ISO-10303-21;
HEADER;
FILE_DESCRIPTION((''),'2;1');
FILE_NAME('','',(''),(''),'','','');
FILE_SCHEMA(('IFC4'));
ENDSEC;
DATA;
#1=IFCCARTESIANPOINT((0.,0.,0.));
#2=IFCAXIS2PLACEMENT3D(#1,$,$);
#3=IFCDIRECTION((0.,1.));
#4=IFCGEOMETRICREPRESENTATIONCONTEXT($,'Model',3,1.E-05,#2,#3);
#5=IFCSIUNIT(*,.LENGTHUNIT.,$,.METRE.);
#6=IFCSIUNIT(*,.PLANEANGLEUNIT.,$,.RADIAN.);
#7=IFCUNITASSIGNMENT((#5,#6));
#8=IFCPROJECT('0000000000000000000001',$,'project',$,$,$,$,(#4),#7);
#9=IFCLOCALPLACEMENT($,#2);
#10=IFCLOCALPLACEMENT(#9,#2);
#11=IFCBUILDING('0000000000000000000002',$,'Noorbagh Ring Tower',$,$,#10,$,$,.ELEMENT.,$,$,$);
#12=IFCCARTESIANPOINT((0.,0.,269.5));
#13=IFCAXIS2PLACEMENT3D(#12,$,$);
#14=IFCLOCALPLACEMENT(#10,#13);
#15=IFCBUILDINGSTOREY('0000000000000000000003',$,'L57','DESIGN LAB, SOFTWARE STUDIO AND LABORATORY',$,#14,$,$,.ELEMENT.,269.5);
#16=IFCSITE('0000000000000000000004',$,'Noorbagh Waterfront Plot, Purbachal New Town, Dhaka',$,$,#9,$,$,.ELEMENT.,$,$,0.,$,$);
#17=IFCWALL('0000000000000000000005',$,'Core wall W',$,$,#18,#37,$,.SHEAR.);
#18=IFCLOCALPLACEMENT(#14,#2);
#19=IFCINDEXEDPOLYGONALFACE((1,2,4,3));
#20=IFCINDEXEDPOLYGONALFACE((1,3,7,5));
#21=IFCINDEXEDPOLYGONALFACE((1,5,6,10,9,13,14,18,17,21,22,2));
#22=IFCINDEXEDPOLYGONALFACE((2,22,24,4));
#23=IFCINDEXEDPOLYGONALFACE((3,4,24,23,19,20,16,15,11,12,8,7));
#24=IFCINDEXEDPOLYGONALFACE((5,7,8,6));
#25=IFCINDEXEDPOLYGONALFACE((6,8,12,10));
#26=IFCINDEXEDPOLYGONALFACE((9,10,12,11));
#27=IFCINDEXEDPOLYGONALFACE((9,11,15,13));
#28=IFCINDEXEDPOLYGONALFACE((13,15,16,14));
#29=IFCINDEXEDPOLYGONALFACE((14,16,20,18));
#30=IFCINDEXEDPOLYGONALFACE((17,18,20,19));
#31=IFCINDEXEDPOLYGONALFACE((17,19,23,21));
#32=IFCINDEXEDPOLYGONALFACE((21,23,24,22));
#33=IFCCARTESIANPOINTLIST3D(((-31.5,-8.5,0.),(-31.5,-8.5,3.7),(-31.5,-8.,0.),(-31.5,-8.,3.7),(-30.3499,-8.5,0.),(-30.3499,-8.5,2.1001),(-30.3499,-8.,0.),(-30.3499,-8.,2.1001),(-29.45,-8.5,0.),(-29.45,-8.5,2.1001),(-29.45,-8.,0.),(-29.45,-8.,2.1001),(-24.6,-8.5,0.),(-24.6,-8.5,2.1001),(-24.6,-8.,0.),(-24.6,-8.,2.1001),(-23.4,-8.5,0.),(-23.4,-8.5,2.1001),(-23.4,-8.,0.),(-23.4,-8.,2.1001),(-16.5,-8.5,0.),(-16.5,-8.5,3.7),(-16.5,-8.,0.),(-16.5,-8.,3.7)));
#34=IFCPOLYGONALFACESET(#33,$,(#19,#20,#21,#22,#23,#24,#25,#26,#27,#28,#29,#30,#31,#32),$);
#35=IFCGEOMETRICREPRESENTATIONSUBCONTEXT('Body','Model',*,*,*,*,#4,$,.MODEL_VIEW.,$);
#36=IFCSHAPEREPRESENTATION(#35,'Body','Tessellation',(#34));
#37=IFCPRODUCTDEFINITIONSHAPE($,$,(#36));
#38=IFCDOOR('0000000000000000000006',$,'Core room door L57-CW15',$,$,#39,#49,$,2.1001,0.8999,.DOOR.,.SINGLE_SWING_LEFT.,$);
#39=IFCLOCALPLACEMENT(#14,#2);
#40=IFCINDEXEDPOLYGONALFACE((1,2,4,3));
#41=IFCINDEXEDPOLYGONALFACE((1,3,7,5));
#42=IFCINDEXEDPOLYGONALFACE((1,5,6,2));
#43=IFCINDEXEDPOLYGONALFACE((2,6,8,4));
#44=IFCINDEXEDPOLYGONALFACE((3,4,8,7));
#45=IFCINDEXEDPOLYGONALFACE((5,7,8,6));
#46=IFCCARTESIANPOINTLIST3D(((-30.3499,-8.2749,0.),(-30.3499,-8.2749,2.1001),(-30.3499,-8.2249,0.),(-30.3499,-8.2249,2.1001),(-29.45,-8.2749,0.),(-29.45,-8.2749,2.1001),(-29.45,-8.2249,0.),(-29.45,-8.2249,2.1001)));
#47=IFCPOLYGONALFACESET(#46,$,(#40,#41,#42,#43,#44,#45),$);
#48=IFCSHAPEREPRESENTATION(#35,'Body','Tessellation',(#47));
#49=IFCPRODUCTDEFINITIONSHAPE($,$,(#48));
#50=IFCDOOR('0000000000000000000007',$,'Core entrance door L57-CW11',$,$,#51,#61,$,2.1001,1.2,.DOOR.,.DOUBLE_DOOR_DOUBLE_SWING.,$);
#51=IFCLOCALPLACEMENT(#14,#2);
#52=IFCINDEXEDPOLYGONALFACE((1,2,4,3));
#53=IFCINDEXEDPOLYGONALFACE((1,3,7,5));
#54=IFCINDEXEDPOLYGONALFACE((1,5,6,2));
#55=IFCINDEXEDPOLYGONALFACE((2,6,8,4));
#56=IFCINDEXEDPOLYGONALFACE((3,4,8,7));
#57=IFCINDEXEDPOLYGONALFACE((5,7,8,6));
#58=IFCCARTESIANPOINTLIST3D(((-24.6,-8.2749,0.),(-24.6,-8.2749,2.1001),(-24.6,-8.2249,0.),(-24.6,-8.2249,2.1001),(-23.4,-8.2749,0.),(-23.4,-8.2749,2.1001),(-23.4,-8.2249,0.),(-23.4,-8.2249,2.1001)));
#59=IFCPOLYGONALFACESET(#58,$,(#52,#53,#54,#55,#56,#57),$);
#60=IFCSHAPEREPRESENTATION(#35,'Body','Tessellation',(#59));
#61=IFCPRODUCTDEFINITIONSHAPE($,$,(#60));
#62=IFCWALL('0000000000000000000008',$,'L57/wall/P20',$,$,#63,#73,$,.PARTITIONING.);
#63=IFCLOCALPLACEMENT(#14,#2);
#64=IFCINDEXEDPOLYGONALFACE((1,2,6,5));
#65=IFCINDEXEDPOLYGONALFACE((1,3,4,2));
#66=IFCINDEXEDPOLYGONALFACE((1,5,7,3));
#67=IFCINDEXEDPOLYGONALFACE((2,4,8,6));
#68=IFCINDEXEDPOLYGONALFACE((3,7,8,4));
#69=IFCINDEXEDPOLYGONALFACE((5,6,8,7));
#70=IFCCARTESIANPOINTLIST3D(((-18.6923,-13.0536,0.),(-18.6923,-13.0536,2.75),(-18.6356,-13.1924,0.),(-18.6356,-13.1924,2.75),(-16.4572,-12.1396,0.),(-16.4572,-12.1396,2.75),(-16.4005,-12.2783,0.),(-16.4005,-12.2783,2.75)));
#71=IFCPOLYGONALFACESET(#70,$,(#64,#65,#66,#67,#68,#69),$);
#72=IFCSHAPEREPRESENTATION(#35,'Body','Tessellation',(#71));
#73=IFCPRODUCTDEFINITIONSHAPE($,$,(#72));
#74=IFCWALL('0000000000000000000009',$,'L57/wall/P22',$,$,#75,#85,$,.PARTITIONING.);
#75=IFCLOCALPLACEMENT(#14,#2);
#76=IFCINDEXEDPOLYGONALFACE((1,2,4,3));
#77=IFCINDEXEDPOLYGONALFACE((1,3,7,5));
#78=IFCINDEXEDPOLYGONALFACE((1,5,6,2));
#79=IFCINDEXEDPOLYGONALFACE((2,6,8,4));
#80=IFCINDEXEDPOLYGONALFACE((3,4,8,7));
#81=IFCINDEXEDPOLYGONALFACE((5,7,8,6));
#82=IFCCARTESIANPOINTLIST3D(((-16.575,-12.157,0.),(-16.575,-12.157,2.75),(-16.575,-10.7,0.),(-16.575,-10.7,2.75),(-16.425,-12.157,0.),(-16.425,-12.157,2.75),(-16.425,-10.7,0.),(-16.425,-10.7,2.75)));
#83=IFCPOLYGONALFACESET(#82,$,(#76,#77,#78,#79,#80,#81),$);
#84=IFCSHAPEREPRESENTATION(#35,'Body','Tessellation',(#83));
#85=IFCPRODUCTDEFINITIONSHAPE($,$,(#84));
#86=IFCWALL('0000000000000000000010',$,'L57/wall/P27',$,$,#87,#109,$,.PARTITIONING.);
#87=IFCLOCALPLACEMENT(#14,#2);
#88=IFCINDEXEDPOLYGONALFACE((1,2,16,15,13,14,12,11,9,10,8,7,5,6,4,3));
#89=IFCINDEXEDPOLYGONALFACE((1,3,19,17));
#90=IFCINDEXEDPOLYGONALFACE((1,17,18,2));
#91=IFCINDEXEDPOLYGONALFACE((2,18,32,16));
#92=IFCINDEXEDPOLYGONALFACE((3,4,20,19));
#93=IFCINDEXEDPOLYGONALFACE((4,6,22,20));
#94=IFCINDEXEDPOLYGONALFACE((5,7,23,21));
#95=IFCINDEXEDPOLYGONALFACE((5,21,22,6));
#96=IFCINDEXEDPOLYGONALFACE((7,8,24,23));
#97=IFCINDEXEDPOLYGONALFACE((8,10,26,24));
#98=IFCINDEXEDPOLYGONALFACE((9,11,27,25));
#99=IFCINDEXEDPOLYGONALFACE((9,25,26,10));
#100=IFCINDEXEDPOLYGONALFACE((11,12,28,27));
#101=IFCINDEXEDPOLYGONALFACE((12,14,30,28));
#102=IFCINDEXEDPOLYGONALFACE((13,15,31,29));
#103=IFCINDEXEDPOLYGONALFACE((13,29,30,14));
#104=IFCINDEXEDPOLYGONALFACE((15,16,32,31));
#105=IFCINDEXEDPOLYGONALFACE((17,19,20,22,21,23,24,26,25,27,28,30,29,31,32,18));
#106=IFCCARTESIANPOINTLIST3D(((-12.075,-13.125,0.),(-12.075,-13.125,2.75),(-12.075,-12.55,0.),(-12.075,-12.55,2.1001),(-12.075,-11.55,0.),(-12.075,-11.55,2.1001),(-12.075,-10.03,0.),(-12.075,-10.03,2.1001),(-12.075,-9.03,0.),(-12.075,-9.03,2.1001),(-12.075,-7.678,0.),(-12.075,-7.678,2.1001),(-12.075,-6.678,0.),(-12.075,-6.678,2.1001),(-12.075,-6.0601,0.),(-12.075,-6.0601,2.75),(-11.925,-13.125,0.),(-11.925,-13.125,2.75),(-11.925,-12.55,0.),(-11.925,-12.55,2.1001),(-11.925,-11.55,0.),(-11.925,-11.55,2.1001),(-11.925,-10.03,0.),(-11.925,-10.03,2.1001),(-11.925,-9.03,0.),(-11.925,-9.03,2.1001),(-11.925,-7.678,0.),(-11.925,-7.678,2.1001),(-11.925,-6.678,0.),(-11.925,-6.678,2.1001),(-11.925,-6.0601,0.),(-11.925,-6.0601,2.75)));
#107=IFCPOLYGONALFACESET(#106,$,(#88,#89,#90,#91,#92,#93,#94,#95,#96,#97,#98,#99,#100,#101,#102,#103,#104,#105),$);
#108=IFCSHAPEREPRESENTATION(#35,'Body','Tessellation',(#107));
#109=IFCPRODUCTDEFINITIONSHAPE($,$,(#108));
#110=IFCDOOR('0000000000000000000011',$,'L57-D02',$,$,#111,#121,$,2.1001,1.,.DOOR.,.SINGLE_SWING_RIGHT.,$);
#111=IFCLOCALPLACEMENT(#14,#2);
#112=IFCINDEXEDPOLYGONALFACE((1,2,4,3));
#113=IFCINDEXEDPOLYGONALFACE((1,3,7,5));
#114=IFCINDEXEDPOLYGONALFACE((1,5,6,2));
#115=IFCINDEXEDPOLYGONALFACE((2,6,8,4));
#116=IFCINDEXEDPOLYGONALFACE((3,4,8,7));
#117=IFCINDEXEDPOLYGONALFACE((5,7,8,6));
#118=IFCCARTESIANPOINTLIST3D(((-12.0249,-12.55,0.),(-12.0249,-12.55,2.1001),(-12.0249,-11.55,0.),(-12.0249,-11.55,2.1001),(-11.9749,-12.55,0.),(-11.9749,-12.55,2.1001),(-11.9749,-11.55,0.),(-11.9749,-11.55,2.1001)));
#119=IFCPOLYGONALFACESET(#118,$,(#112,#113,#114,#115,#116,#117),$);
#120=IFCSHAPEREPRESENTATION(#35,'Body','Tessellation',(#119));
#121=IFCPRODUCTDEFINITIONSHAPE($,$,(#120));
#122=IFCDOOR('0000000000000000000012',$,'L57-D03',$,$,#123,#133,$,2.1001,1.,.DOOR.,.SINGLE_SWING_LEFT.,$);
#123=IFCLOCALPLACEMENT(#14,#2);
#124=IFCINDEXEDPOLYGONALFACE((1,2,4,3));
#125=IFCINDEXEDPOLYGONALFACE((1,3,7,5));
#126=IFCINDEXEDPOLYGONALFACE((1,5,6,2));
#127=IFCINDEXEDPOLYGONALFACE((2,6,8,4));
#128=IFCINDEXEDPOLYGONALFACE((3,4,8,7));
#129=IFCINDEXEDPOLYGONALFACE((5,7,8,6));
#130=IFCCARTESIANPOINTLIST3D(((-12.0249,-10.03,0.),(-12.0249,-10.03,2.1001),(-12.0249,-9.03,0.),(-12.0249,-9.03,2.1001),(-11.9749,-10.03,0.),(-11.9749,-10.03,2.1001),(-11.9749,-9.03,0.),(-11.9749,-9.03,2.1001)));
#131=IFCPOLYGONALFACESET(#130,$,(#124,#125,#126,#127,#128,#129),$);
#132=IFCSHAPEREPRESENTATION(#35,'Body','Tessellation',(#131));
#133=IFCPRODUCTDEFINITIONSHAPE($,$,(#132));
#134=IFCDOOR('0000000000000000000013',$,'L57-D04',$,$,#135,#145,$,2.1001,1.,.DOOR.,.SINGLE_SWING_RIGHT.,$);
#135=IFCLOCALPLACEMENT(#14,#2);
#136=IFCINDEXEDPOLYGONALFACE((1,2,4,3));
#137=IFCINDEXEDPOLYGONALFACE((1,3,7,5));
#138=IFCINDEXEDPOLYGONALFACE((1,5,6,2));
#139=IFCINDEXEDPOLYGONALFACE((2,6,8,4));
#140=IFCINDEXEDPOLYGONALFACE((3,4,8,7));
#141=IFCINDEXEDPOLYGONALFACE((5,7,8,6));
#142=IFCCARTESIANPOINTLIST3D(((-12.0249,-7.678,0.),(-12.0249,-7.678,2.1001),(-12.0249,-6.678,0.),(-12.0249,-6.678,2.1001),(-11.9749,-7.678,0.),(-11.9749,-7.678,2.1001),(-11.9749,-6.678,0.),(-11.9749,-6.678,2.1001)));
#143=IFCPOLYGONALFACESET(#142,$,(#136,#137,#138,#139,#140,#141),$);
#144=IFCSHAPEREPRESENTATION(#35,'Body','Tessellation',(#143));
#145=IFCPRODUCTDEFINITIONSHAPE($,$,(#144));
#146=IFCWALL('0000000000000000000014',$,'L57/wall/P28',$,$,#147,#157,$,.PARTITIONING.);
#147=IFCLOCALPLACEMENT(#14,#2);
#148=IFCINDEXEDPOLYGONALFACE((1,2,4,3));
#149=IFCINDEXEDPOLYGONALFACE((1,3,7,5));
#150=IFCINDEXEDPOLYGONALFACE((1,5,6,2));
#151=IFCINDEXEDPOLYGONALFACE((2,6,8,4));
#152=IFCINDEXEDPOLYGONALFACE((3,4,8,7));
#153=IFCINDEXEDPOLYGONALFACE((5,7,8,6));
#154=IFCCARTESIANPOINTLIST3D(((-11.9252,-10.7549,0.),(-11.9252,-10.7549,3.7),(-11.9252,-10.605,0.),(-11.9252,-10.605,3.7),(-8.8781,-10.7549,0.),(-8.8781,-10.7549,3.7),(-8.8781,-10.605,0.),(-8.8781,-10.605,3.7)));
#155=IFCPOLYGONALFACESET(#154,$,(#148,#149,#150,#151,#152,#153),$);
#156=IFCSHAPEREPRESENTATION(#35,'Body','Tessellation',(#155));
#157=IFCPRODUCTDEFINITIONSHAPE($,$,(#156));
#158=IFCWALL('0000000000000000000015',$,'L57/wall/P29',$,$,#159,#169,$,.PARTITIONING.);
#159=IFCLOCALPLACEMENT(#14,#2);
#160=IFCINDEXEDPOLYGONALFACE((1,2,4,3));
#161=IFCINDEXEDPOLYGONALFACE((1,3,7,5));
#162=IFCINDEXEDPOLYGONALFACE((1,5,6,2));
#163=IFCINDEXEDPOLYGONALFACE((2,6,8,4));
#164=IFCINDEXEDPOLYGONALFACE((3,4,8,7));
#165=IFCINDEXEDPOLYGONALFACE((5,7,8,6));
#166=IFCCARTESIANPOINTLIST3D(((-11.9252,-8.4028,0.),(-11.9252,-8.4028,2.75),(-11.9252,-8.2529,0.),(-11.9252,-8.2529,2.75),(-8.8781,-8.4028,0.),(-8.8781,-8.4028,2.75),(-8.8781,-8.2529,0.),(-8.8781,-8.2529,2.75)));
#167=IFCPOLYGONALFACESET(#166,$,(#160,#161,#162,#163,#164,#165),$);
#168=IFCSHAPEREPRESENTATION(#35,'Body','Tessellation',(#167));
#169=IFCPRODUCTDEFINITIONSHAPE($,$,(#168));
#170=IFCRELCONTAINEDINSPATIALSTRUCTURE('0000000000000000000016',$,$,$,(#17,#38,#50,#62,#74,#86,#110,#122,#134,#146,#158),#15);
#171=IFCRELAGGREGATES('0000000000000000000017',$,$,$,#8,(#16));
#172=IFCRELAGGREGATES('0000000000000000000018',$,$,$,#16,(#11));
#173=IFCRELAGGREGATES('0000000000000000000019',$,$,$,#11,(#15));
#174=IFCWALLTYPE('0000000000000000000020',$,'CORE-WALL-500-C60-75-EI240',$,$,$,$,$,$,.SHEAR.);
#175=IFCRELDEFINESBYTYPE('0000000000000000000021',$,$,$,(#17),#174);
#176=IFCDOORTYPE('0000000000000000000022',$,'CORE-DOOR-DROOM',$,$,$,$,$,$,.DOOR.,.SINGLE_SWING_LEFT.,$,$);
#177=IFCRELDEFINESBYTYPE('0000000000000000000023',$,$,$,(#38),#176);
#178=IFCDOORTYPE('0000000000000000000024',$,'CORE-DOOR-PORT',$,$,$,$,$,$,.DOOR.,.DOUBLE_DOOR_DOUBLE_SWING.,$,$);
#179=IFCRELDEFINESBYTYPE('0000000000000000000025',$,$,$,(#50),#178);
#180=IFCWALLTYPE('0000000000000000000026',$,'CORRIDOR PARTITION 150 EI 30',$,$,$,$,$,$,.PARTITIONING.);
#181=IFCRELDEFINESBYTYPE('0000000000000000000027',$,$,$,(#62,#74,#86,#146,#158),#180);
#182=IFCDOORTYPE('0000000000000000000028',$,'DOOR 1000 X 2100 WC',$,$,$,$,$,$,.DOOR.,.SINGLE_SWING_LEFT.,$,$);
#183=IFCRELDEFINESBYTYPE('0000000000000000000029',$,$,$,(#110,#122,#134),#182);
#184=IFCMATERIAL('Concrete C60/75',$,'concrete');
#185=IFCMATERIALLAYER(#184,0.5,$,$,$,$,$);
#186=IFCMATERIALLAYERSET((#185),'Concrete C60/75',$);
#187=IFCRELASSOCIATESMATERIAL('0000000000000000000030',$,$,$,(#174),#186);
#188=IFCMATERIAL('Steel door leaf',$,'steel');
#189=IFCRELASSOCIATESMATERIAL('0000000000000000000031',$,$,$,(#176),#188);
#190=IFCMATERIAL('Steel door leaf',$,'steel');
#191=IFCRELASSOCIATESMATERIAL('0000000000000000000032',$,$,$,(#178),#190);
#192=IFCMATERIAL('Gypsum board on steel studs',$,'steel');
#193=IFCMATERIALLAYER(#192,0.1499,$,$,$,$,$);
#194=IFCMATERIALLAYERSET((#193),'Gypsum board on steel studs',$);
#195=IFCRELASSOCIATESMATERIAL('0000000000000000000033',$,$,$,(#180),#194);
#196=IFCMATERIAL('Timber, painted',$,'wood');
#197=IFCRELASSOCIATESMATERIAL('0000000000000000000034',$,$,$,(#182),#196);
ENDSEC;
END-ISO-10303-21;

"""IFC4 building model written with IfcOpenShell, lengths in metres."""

from ifc_helpers import new_model, si_unit, direction, frame, frame_2d, origin, place, context, subcontext, project, spatial, rectangle, extrude, material, layer, layer_set, type_object, element, fill, save


model = new_model("IFC4")

# Units and contexts
model_context = context("Model", 3, precision=1e-05, world=origin(), true_north=direction((0.0, 1.0)))
body_context = subcontext(model_context, "Body", "Model", "MODEL_VIEW")
ifc_project = project(units=[si_unit("LENGTHUNIT", "METRE"), si_unit("PLANEANGLEUNIT", "RADIAN")], contexts=[model_context])

# Site, building, storey
site_placement = place(None, origin())
site = spatial("IfcSite", under=ifc_project, at=site_placement, Name="Noorbagh Waterfront Plot, Purbachal New Town, Dhaka", CompositionType="ELEMENT", RefElevation=0.0)
building_placement = place(site_placement, origin())
building = spatial("IfcBuilding", under=site, at=building_placement, Name="Noorbagh Ring Tower", CompositionType="ELEMENT")
storey_placement = place(building_placement, frame((0.0, 0.0, 269.5)))
storey = spatial("IfcBuildingStorey", under=building, at=storey_placement, Name="L57", Description="DESIGN LAB, SOFTWARE STUDIO AND LABORATORY", CompositionType="ELEMENT", Elevation=269.5)

# Wall, openings, doors
ifc_material_1 = material(Name="Concrete C60/75", Category="concrete")
ifc_layer_1 = layer(ifc_material_1, 0.5)
ifc_layer_set_1 = layer_set([ifc_layer_1], Name="Concrete C60/75")
wall_type_1 = type_object("IfcWallType", Name="CORE-WALL-500-C60-75-EI240", PredefinedType="SHEAR", material=ifc_layer_set_1)
wall_1_placement = place(storey_placement, frame((-16.5, -8.25, 0.0), z_axis=(0.0, 0.0, 1.0), x_axis=(-1.0, 0.0, 0.0)))
wall_1 = element("IfcWall", 1, at=wall_1_placement, inside=storey, type_object=wall_type_1, Name="Core wall W", PredefinedType="SHEAR", context=body_context, shape_type="SweptSolid", body=[
    extrude(rectangle(XDim=15.0, YDim=0.5, at=frame_2d((7.5, 0.0))), origin(), (0.0, 0.0, 1.0), 3.7),
])
opening_1_placement = place(wall_1_placement, frame((6.8999, 0.0, 0.0)))
opening_1 = element("IfcOpeningElement", 2, at=opening_1_placement, cuts=wall_1, PredefinedType="OPENING", context=body_context, shape_type="SweptSolid", body=[
    extrude(rectangle(XDim=1.2, YDim=2.1001, at=frame_2d((0.6001, 1.05))), frame((0.0, 0.26, 0.0), z_axis=(0.0, -1.0, 0.0), x_axis=(1.0, 0.0, 0.0)), (0.0, 0.0, 1.0), 0.52),
])
opening_2_placement = place(wall_1_placement, frame((12.95, 0.0, 0.0)))
opening_2 = element("IfcOpeningElement", 3, at=opening_2_placement, cuts=wall_1, PredefinedType="OPENING", context=body_context, shape_type="SweptSolid", body=[
    extrude(rectangle(XDim=0.8999, YDim=2.1001, at=frame_2d((0.45, 1.05))), frame((0.0, 0.26, 0.0), z_axis=(0.0, -1.0, 0.0), x_axis=(1.0, 0.0, 0.0)), (0.0, 0.0, 1.0), 0.52),
])
ifc_material_2 = material(Name="Steel door leaf", Category="steel")
door_type_1 = type_object("IfcDoorType", Name="CORE-DOOR-DROOM", OperationType="SINGLE_SWING_LEFT", PredefinedType="DOOR", material=ifc_material_2)
door_1_placement = place(opening_2_placement, origin())
door_1 = element("IfcDoor", 4, at=door_1_placement, inside=storey, type_object=door_type_1, Name="Core room door L57-CW15", OperationType="SINGLE_SWING_LEFT", OverallHeight=2.1001, OverallWidth=0.8999, PredefinedType="DOOR", context=body_context, shape_type="SweptSolid", body=[
    extrude(rectangle(XDim=0.8999, YDim=2.1001, at=frame_2d((0.45, 1.05))), frame((0.0, 0.0249, 0.0), z_axis=(0.0, -1.0, 0.0), x_axis=(1.0, 0.0, 0.0)), (0.0, 0.0, 1.0), 0.05),
])
fill(opening_2, door_1)
ifc_material_3 = material(Name="Steel door leaf", Category="steel")
door_type_2 = type_object("IfcDoorType", Name="CORE-DOOR-PORT", OperationType="DOUBLE_DOOR_DOUBLE_SWING", PredefinedType="DOOR", material=ifc_material_3)
door_2_placement = place(opening_1_placement, origin())
door_2 = element("IfcDoor", 5, at=door_2_placement, inside=storey, type_object=door_type_2, Name="Core entrance door L57-CW11", OperationType="DOUBLE_DOOR_DOUBLE_SWING", OverallHeight=2.1001, OverallWidth=1.2, PredefinedType="DOOR", context=body_context, shape_type="SweptSolid", body=[
    extrude(rectangle(XDim=1.2, YDim=2.1001, at=frame_2d((0.6001, 1.05))), frame((0.0, 0.0249, 0.0), z_axis=(0.0, -1.0, 0.0), x_axis=(1.0, 0.0, 0.0)), (0.0, 0.0, 1.0), 0.05),
])
fill(opening_1, door_2)

# Walls
ifc_material_4 = material(Name="Gypsum board on steel studs", Category="steel")
ifc_layer_2 = layer(ifc_material_4, 0.1499)
ifc_layer_set_2 = layer_set([ifc_layer_2], Name="Gypsum board on steel studs")
wall_type_2 = type_object("IfcWallType", Name="CORRIDOR PARTITION 150 EI 30", PredefinedType="PARTITIONING", material=ifc_layer_set_2)
wall_2_placement = place(storey_placement, frame((-18.6641, -13.123, 0.0), z_axis=(0.0, 0.0, 1.0), x_axis=(0.92559, 0.378527, 0.0)))
element("IfcWall", 6, at=wall_2_placement, inside=storey, type_object=wall_type_2, Name="L57/wall/P20", PredefinedType="PARTITIONING", context=body_context, shape_type="SweptSolid", body=[
    extrude(rectangle(XDim=2.4148, YDim=0.1499, at=frame_2d((1.2075, 0.0))), origin(), (0.0, 0.0, 1.0), 2.75),
])
wall_3_placement = place(storey_placement, frame((-16.5, -12.157, 0.0), z_axis=(0.0, 0.0, 1.0), x_axis=(0.0, 1.0, 0.0)))
element("IfcWall", 7, at=wall_3_placement, inside=storey, type_object=wall_type_2, Name="L57/wall/P22", PredefinedType="PARTITIONING", context=body_context, shape_type="SweptSolid", body=[
    extrude(rectangle(XDim=1.457, YDim=0.1499, at=frame_2d((0.7285, 0.0))), origin(), (0.0, 0.0, 1.0), 2.75),
])

# Wall, openings, doors
wall_4_placement = place(storey_placement, frame((-12.0, -13.125, 0.0), z_axis=(0.0, 0.0, 1.0), x_axis=(0.0, 1.0, 0.0)))
wall_4 = element("IfcWall", 8, at=wall_4_placement, inside=storey, type_object=wall_type_2, Name="L57/wall/P27", PredefinedType="PARTITIONING", context=body_context, shape_type="SweptSolid", body=[
    extrude(rectangle(XDim=7.0649, YDim=0.1499, at=frame_2d((3.5325, 0.0))), origin(), (0.0, 0.0, 1.0), 2.75),
])
opening_3_placement = place(wall_4_placement, frame((0.575, 0.0, 0.0)))
opening_3 = element("IfcOpeningElement", 9, at=opening_3_placement, cuts=wall_4, PredefinedType="OPENING", context=body_context, shape_type="SweptSolid", body=[
    extrude(rectangle(XDim=1.0, YDim=2.1001, at=frame_2d((0.5, 1.05))), frame((0.0, 0.085, 0.0), z_axis=(0.0, -1.0, 0.0), x_axis=(1.0, 0.0, 0.0)), (0.0, 0.0, 1.0), 0.1699),
])
opening_4_placement = place(wall_4_placement, frame((3.095, 0.0, 0.0)))
opening_4 = element("IfcOpeningElement", 10, at=opening_4_placement, cuts=wall_4, PredefinedType="OPENING", context=body_context, shape_type="SweptSolid", body=[
    extrude(rectangle(XDim=1.0, YDim=2.1001, at=frame_2d((0.5, 1.05))), frame((0.0, 0.085, 0.0), z_axis=(0.0, -1.0, 0.0), x_axis=(1.0, 0.0, 0.0)), (0.0, 0.0, 1.0), 0.1699),
])
opening_5_placement = place(wall_4_placement, frame((5.447, 0.0, 0.0)))
opening_5 = element("IfcOpeningElement", 11, at=opening_5_placement, cuts=wall_4, PredefinedType="OPENING", context=body_context, shape_type="SweptSolid", body=[
    extrude(rectangle(XDim=1.0, YDim=2.1001, at=frame_2d((0.5, 1.05))), frame((0.0, 0.085, 0.0), z_axis=(0.0, -1.0, 0.0), x_axis=(1.0, 0.0, 0.0)), (0.0, 0.0, 1.0), 0.1699),
])
ifc_material_5 = material(Name="Timber, painted", Category="wood")
door_type_3 = type_object("IfcDoorType", Name="DOOR 1000 X 2100 WC", OperationType="SINGLE_SWING_LEFT", PredefinedType="DOOR", material=ifc_material_5)
door_3_placement = place(opening_3_placement, origin())
door_3 = element("IfcDoor", 12, at=door_3_placement, inside=storey, type_object=door_type_3, Name="L57-D02", OperationType="SINGLE_SWING_RIGHT", OverallHeight=2.1001, OverallWidth=1.0, PredefinedType="DOOR", context=body_context, shape_type="SweptSolid", body=[
    extrude(rectangle(XDim=1.0, YDim=2.1001, at=frame_2d((0.5, 1.05))), frame((0.0, 0.0249, 0.0), z_axis=(0.0, -1.0, 0.0), x_axis=(1.0, 0.0, 0.0)), (0.0, 0.0, 1.0), 0.05),
])
fill(opening_3, door_3)
door_4_placement = place(opening_4_placement, origin())
door_4 = element("IfcDoor", 13, at=door_4_placement, inside=storey, type_object=door_type_3, Name="L57-D03", OperationType="SINGLE_SWING_LEFT", OverallHeight=2.1001, OverallWidth=1.0, PredefinedType="DOOR", context=body_context, shape_type="SweptSolid", body=[
    extrude(rectangle(XDim=1.0, YDim=2.1001, at=frame_2d((0.5, 1.05))), frame((0.0, 0.0249, 0.0), z_axis=(0.0, -1.0, 0.0), x_axis=(1.0, 0.0, 0.0)), (0.0, 0.0, 1.0), 0.05),
])
fill(opening_4, door_4)
door_5_placement = place(opening_5_placement, origin())
door_5 = element("IfcDoor", 14, at=door_5_placement, inside=storey, type_object=door_type_3, Name="L57-D04", OperationType="SINGLE_SWING_RIGHT", OverallHeight=2.1001, OverallWidth=1.0, PredefinedType="DOOR", context=body_context, shape_type="SweptSolid", body=[
    extrude(rectangle(XDim=1.0, YDim=2.1001, at=frame_2d((0.5, 1.05))), frame((0.0, 0.0249, 0.0), z_axis=(0.0, -1.0, 0.0), x_axis=(1.0, 0.0, 0.0)), (0.0, 0.0, 1.0), 0.05),
])
fill(opening_5, door_5)

# Walls
wall_5_placement = place(storey_placement, frame((-11.925, -10.6799, 0.0), z_axis=(0.0, 0.0, 1.0), x_axis=(1.0, 0.0, 0.0)))
element("IfcWall", 15, at=wall_5_placement, inside=storey, type_object=wall_type_2, Name="L57/wall/P28", PredefinedType="PARTITIONING", context=body_context, shape_type="SweptSolid", body=[
    extrude(rectangle(XDim=3.0471, YDim=0.1499, at=frame_2d((1.5234, 0.0))), origin(), (0.0, 0.0, 1.0), 3.7),
])
wall_6_placement = place(storey_placement, frame((-11.925, -8.3279, 0.0), z_axis=(0.0, 0.0, 1.0), x_axis=(1.0, 0.0, 0.0)))
element("IfcWall", 16, at=wall_6_placement, inside=storey, type_object=wall_type_2, Name="L57/wall/P29", PredefinedType="PARTITIONING", context=body_context, shape_type="SweptSolid", body=[
    extrude(rectangle(XDim=3.0471, YDim=0.1499, at=frame_2d((1.5234, 0.0))), origin(), (0.0, 0.0, 1.0), 2.75),
])

save(model, "model.ifc")
